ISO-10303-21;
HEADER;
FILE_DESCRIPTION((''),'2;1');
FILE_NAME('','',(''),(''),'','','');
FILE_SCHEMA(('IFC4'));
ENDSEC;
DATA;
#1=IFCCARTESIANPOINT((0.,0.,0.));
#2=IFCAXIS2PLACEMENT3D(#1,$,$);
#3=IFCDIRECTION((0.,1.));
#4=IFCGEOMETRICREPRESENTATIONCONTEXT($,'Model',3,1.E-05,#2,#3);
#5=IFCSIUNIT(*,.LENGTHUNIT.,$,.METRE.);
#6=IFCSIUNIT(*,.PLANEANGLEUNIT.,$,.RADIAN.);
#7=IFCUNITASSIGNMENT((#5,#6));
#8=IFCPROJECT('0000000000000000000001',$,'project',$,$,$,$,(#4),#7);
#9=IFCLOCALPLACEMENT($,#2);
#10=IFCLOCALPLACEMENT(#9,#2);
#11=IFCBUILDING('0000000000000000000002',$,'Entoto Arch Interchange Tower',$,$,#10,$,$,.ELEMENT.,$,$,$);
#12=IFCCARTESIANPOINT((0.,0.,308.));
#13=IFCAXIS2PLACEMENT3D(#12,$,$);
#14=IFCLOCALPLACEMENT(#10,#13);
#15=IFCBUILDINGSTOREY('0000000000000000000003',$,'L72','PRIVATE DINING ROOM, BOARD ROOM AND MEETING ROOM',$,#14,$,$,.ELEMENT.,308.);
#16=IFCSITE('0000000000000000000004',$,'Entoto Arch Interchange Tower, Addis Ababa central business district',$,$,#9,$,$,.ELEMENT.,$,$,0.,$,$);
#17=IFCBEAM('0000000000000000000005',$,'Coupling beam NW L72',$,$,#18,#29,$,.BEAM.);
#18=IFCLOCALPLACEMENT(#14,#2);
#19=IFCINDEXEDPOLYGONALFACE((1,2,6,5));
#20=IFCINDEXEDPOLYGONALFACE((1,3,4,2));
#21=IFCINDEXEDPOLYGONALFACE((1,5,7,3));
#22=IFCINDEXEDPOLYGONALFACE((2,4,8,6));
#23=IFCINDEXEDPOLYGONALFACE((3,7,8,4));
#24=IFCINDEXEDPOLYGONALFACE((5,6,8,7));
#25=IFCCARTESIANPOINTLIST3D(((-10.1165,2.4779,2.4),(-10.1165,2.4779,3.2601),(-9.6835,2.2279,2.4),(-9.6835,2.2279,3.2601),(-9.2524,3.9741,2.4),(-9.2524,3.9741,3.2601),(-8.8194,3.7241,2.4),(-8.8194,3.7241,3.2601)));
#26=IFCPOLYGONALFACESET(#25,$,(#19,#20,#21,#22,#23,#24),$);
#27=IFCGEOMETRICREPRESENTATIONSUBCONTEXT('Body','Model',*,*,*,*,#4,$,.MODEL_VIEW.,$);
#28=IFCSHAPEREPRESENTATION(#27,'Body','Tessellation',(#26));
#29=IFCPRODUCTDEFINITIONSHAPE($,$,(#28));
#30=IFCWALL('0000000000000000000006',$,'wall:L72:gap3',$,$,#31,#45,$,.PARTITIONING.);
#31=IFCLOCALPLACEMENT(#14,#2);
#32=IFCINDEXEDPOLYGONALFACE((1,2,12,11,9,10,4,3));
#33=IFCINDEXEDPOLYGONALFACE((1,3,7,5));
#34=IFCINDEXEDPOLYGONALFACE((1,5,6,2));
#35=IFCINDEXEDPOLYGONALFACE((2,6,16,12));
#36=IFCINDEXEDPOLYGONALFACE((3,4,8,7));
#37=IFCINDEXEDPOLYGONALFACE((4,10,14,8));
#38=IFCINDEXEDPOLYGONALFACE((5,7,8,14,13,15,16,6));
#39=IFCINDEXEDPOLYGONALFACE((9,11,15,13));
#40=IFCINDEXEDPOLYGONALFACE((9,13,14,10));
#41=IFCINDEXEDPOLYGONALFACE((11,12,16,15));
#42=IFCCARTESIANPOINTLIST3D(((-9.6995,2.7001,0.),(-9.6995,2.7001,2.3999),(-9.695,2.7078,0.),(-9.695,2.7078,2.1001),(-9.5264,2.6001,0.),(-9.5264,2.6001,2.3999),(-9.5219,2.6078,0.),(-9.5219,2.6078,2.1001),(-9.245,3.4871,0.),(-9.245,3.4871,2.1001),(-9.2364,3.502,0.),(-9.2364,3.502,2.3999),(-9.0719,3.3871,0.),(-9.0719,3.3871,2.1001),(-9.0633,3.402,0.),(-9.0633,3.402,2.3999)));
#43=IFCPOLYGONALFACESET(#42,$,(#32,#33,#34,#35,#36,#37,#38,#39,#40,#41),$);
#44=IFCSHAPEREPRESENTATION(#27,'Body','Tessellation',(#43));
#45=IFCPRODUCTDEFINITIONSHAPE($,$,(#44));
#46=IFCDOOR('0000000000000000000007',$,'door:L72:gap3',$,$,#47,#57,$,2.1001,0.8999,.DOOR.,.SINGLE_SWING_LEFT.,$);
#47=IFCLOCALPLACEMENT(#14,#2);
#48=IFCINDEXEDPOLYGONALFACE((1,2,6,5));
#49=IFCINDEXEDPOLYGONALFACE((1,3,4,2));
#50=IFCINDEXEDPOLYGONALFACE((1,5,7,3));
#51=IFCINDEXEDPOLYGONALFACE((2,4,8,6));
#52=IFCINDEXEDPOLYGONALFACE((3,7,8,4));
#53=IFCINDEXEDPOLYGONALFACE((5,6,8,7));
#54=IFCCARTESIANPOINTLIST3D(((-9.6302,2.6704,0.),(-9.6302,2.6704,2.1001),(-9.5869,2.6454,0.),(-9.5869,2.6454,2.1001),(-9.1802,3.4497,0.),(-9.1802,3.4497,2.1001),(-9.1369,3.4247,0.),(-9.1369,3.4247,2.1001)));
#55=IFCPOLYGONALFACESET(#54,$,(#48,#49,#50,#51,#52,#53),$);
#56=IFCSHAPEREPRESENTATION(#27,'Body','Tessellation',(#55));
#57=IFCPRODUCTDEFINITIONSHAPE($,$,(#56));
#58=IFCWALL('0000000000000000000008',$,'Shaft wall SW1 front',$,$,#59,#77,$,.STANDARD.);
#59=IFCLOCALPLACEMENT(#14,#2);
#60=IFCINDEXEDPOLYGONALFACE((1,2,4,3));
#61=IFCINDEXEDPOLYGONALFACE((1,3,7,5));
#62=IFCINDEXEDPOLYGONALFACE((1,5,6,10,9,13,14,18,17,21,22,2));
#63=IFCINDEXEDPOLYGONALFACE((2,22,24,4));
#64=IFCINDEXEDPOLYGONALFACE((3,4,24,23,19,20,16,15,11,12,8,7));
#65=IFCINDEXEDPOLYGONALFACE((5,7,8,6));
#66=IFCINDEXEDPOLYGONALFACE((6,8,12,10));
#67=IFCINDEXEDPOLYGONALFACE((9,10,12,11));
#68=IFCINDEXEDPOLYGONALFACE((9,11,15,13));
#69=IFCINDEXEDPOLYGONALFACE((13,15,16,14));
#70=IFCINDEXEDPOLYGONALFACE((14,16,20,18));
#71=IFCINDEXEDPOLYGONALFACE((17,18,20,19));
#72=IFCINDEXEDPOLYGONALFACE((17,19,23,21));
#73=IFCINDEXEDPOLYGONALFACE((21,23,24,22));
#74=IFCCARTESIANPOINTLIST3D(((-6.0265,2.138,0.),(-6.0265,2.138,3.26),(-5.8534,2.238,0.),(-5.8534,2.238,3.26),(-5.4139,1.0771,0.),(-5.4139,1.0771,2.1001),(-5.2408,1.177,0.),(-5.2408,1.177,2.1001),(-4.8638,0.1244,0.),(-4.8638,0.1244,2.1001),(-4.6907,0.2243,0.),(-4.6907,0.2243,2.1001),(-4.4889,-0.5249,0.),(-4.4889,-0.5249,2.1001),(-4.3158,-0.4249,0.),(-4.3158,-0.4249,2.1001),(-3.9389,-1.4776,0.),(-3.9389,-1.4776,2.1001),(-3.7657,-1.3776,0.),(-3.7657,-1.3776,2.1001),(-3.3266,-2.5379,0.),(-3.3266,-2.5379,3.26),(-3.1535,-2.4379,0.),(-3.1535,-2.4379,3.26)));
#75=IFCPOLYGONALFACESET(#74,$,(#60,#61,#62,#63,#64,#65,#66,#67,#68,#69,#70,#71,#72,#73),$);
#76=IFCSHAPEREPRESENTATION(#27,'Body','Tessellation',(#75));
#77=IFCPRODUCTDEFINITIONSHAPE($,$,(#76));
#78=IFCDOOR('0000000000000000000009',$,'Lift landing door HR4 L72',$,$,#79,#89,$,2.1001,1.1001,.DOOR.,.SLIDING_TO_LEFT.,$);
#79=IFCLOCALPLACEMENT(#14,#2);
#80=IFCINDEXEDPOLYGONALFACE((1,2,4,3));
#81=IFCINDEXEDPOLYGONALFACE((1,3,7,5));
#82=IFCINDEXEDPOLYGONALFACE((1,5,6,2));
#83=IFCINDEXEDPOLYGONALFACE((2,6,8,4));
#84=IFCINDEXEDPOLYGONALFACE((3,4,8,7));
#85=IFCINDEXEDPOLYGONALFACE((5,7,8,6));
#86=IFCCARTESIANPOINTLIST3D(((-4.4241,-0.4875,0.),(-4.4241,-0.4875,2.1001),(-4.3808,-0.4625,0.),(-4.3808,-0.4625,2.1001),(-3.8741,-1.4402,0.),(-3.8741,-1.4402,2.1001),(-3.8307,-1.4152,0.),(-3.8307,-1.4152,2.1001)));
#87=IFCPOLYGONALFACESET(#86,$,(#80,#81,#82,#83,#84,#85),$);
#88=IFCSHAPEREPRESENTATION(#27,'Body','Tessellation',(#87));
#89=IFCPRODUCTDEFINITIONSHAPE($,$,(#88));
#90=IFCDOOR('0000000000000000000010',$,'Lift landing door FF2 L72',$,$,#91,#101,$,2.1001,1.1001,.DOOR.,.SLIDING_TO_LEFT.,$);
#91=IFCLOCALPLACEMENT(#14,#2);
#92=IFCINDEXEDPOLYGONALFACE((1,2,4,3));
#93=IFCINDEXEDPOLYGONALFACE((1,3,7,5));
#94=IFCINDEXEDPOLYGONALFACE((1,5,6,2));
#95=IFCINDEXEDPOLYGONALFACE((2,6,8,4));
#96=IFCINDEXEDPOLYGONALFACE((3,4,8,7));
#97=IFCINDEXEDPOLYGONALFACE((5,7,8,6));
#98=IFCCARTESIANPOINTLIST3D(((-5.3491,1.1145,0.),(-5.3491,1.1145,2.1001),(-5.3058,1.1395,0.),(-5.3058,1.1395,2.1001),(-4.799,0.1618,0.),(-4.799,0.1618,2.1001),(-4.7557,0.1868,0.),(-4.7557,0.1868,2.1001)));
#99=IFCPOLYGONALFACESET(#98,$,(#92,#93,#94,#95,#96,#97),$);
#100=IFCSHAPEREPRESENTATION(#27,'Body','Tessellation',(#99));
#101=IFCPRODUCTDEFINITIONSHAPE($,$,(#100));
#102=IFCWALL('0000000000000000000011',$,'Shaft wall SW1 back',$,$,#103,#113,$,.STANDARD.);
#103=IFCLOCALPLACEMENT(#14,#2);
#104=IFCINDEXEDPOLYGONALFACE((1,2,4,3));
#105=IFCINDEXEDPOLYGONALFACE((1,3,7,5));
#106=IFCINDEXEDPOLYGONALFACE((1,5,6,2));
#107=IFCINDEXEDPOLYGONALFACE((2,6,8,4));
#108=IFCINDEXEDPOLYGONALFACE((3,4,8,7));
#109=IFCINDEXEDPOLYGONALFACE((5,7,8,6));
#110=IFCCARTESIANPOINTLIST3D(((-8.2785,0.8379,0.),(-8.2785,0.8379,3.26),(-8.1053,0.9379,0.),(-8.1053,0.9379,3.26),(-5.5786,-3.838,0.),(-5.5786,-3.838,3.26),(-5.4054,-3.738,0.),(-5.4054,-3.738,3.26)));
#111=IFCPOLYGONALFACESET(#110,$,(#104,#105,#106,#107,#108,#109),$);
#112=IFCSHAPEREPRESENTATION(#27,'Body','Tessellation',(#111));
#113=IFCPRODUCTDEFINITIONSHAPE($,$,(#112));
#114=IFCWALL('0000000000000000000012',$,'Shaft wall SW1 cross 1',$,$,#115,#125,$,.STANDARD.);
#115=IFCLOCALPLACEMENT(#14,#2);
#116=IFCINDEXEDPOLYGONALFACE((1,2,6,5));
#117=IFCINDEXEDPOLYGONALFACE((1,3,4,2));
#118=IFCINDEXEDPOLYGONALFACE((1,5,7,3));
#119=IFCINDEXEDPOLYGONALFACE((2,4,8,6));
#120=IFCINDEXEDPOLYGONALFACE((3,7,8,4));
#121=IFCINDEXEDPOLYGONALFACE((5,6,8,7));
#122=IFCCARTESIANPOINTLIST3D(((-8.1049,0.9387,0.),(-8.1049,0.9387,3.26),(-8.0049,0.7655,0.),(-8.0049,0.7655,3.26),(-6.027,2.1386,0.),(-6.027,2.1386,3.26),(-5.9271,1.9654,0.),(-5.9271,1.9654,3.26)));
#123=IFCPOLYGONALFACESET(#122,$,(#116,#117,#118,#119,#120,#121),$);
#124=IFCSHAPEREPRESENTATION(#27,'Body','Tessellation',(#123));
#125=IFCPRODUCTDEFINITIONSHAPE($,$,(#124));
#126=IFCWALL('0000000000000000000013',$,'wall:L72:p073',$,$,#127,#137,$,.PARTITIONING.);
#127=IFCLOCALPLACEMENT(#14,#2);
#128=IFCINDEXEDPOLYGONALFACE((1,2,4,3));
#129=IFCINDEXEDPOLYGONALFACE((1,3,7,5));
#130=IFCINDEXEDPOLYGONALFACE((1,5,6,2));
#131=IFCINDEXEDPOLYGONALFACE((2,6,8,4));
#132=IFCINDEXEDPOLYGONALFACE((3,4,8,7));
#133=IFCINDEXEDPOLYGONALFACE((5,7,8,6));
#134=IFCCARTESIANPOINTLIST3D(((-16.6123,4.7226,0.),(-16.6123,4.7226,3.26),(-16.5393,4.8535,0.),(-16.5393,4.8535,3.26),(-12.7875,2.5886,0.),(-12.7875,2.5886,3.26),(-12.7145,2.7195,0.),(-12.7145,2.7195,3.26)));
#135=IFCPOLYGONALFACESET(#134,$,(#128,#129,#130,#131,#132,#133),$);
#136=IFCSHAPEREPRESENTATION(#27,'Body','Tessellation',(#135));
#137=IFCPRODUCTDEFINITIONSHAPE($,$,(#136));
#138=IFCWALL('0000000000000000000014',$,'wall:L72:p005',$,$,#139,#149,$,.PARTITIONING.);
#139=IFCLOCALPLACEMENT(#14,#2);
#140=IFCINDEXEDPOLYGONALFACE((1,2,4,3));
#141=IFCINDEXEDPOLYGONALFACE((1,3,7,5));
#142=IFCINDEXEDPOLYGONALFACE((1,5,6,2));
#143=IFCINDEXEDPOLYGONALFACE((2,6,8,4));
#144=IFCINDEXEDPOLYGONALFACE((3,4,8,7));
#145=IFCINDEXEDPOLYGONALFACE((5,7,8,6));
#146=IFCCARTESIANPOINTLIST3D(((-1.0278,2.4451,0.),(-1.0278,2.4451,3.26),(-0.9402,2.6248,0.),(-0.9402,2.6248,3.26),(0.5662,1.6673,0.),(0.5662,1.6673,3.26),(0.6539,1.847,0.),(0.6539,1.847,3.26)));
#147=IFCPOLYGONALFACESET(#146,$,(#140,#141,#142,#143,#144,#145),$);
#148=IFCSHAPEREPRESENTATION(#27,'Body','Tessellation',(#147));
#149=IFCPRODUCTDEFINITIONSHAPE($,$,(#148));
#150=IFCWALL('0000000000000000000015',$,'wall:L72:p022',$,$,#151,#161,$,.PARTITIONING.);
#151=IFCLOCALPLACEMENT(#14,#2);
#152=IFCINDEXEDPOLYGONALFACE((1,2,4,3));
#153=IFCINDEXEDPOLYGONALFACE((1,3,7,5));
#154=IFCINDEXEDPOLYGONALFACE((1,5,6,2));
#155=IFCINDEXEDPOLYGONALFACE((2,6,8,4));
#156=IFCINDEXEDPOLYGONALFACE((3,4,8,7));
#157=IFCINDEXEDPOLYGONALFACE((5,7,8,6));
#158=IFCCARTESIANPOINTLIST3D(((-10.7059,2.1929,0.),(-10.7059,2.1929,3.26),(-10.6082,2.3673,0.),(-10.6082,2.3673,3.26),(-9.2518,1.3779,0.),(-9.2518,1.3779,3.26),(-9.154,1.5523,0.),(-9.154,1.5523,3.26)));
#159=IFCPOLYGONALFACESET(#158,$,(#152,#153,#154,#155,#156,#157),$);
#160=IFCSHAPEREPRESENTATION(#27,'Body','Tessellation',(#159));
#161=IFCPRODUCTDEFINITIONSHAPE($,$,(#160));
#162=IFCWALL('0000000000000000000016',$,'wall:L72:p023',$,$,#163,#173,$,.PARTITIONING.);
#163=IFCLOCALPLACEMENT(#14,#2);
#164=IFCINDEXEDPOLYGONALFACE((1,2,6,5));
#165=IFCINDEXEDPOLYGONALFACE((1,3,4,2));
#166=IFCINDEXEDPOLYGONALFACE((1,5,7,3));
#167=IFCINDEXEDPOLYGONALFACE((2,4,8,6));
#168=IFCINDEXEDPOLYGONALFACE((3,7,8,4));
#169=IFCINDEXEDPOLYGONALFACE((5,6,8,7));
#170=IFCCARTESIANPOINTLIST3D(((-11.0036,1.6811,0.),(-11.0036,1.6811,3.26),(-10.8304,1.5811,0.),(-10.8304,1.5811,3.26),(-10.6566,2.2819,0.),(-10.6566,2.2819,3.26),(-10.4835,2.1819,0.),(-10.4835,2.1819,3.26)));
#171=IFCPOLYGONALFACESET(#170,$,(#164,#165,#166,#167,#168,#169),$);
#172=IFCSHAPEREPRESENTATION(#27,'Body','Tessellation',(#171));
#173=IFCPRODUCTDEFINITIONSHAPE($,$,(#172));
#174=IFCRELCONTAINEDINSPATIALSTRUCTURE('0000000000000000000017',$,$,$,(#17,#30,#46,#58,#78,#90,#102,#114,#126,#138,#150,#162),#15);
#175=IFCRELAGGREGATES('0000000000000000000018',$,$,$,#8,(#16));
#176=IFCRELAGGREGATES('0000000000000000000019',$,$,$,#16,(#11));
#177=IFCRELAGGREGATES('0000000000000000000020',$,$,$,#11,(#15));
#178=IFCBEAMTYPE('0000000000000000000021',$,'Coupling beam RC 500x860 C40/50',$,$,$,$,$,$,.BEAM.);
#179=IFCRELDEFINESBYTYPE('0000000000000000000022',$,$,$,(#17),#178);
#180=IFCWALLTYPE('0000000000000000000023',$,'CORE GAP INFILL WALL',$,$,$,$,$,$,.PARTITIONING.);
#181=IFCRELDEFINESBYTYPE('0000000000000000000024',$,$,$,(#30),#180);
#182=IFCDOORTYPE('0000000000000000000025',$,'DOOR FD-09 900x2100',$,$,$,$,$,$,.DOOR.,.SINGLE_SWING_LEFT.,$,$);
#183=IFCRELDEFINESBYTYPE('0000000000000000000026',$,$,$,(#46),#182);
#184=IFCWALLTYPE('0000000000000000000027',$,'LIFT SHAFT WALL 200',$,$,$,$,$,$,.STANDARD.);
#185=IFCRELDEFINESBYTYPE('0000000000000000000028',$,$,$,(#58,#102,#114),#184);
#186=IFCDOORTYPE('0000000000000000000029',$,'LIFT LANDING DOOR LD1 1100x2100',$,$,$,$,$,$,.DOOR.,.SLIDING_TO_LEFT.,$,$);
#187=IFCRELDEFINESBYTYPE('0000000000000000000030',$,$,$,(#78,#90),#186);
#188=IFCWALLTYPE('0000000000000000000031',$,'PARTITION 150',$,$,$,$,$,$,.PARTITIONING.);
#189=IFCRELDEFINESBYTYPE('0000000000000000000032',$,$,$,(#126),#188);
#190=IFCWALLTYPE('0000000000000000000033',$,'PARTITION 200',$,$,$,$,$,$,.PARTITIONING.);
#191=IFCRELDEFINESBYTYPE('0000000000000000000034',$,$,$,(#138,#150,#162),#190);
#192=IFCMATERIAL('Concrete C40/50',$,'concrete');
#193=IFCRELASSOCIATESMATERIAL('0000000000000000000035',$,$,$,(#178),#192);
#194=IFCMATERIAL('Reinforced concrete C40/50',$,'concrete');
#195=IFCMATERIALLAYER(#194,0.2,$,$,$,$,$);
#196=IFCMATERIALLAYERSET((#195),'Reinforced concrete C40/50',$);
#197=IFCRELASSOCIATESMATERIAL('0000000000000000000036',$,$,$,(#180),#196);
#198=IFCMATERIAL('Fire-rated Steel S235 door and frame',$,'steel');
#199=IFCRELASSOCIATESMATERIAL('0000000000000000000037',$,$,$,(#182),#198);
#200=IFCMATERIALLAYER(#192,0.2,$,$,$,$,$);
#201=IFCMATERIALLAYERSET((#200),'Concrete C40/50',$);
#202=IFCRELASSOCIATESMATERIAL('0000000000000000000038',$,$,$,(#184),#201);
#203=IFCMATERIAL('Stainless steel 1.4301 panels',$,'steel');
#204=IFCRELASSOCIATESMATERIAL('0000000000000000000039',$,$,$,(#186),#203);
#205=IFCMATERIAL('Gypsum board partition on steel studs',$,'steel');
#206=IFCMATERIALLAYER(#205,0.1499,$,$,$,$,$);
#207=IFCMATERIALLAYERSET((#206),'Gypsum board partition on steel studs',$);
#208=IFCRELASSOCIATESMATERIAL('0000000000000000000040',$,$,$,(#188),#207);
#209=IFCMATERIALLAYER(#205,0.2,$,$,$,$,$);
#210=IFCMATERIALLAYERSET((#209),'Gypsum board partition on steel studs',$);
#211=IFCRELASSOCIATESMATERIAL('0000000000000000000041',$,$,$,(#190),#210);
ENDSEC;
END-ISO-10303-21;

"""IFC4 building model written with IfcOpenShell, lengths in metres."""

from ifc_helpers import new_model, si_unit, direction, frame, frame_2d, origin, origin_2d, place, context, subcontext, project, spatial, rectangle, extrude, material, layer, layer_set, material_profile, profile_set, type_object, element, fill, save


model = new_model("IFC4")

# Units and contexts
model_context = context("Model", 3, precision=1e-05, world=origin(), true_north=direction((0.0, 1.0)))
body_context = subcontext(model_context, "Body", "Model", "MODEL_VIEW")
ifc_project = project(units=[si_unit("LENGTHUNIT", "METRE"), si_unit("PLANEANGLEUNIT", "RADIAN")], contexts=[model_context])

# Site, building, storey
site_placement = place(None, origin())
site = spatial("IfcSite", under=ifc_project, at=site_placement, Name="Entoto Arch Interchange Tower, Addis Ababa central business district", CompositionType="ELEMENT", RefElevation=0.0)
building_placement = place(site_placement, origin())
building = spatial("IfcBuilding", under=site, at=building_placement, Name="Entoto Arch Interchange Tower", CompositionType="ELEMENT")
storey_placement = place(building_placement, frame((0.0, 0.0, 308.0)))
storey = spatial("IfcBuildingStorey", under=building, at=storey_placement, Name="L72", Description="PRIVATE DINING ROOM, BOARD ROOM AND MEETING ROOM", CompositionType="ELEMENT", Elevation=308.0)

# Beam
ifc_material_1 = material(Name="Concrete C40/50", Category="concrete")
ifc_material_profile = material_profile(ifc_material_1, rectangle(XDim=0.5, YDim=0.8601, at=origin_2d()))
ifc_profile_set = profile_set([ifc_material_profile], Name="Concrete C40/50")
beam_type = type_object("IfcBeamType", Name="Coupling beam RC 500x860 C40/50", PredefinedType="BEAM", material=ifc_profile_set)
beam_placement = place(storey_placement, frame((-9.0359, 3.8491, 2.8301), z_axis=(-0.500106, -0.865964, 0.0), x_axis=(0.865964, -0.500106, 0.0)))
element("IfcBeam", 1, at=beam_placement, inside=storey, type_object=beam_type, Name="Coupling beam NW L72", PredefinedType="BEAM", context=body_context, shape_type="SweptSolid", body=[
    extrude(rectangle(XDim=0.5, YDim=0.8601, at=origin_2d()), origin(), (0.0, 0.0, 1.0), 1.7278),
])

# Wall, opening, door
ifc_material_2 = material(Name="Reinforced concrete C40/50", Category="concrete")
ifc_layer_1 = layer(ifc_material_2, 0.2)
ifc_layer_set_1 = layer_set([ifc_layer_1], Name="Reinforced concrete C40/50")
wall_type_1 = type_object("IfcWallType", Name="CORE GAP INFILL WALL", PredefinedType="PARTITIONING", material=ifc_layer_set_1)
wall_1_placement = place(storey_placement, frame((-9.1499, 3.4519, 0.0), z_axis=(0.0, 0.0, 1.0), x_axis=(-0.50008, -0.865979, 0.0)))
wall_1 = element("IfcWall", 2, at=wall_1_placement, inside=storey, type_object=wall_type_1, Name="wall:L72:gap3", PredefinedType="PARTITIONING", context=body_context, shape_type="SweptSolid", body=[
    extrude(rectangle(XDim=0.926, YDim=0.2, at=frame_2d((0.4629, 0.0))), origin(), (0.0, 0.0, 1.0), 2.3999),
])
opening_1_placement = place(wall_1_placement, frame((0.0171, 0.0, 0.0)))
opening_1 = element("IfcOpeningElement", 3, at=opening_1_placement, cuts=wall_1, PredefinedType="OPENING", context=body_context, shape_type="SweptSolid", body=[
    extrude(rectangle(XDim=0.8999, YDim=2.1001, at=frame_2d((0.45, 1.05))), frame((0.0, 0.1099, 0.0), z_axis=(0.0, -1.0, 0.0), x_axis=(1.0, 0.0, 0.0)), (0.0, 0.0, 1.0), 0.22),
])
ifc_material_3 = material(Name="Fire-rated Steel S235 door and frame", Category="steel")
door_type_1 = type_object("IfcDoorType", Name="DOOR FD-09 900x2100", OperationType="SINGLE_SWING_LEFT", PredefinedType="DOOR", material=ifc_material_3)
door_1_placement = place(opening_1_placement, origin())
door_1 = element("IfcDoor", 4, at=door_1_placement, inside=storey, type_object=door_type_1, Name="door:L72:gap3", OperationType="SINGLE_SWING_LEFT", OverallHeight=2.1001, OverallWidth=0.8999, PredefinedType="DOOR", context=body_context, shape_type="SweptSolid", body=[
    extrude(rectangle(XDim=0.8999, YDim=2.1001, at=frame_2d((0.45, 1.05))), frame((0.0, 0.0249, 0.0), z_axis=(0.0, -1.0, 0.0), x_axis=(1.0, 0.0, 0.0)), (0.0, 0.0, 1.0), 0.05),
])
fill(opening_1, door_1)

# Wall, openings, doors
ifc_layer_2 = layer(ifc_material_1, 0.2)
ifc_layer_set_2 = layer_set([ifc_layer_2], Name="Concrete C40/50")
wall_type_2 = type_object("IfcWallType", Name="LIFT SHAFT WALL 200", PredefinedType="STANDARD", material=ifc_layer_set_2)
wall_2_placement = place(storey_placement, frame((-5.9399, 2.188, 0.0), z_axis=(0.0, 0.0, 1.0), x_axis=(0.500034, -0.866006, 0.0)))
wall_2 = element("IfcWall", 5, at=wall_2_placement, inside=storey, type_object=wall_type_2, Name="Shaft wall SW1 front", PredefinedType="STANDARD", context=body_context, shape_type="SweptSolid", body=[
    extrude(rectangle(XDim=5.3994, YDim=0.2, at=frame_2d((2.6997, 0.0))), origin(), (0.0, 0.0, 1.0), 3.26),
])
opening_2_placement = place(wall_2_placement, frame((3.075, 0.0, 0.0)))
opening_2 = element("IfcOpeningElement", 6, at=opening_2_placement, cuts=wall_2, PredefinedType="OPENING", context=body_context, shape_type="SweptSolid", body=[
    extrude(rectangle(XDim=1.1001, YDim=2.1001, at=frame_2d((0.55, 1.05))), frame((0.0, 0.1099, 0.0), z_axis=(0.0, -1.0, 0.0), x_axis=(1.0, 0.0, 0.0)), (0.0, 0.0, 1.0), 0.22),
])
opening_3_placement = place(wall_2_placement, frame((1.2251, 0.0, 0.0)))
opening_3 = element("IfcOpeningElement", 7, at=opening_3_placement, cuts=wall_2, PredefinedType="OPENING", context=body_context, shape_type="SweptSolid", body=[
    extrude(rectangle(XDim=1.1001, YDim=2.1001, at=frame_2d((0.55, 1.05))), frame((0.0, 0.1099, 0.0), z_axis=(0.0, -1.0, 0.0), x_axis=(1.0, 0.0, 0.0)), (0.0, 0.0, 1.0), 0.22),
])
ifc_material_4 = material(Name="Stainless steel 1.4301 panels", Category="steel")
door_type_2 = type_object("IfcDoorType", Name="LIFT LANDING DOOR LD1 1100x2100", OperationType="SLIDING_TO_LEFT", PredefinedType="DOOR", material=ifc_material_4)
door_2_placement = place(opening_2_placement, origin())
door_2 = element("IfcDoor", 8, at=door_2_placement, inside=storey, type_object=door_type_2, Name="Lift landing door HR4 L72", OperationType="SLIDING_TO_LEFT", OverallHeight=2.1001, OverallWidth=1.1001, PredefinedType="DOOR", context=body_context, shape_type="SweptSolid", body=[
    extrude(rectangle(XDim=1.1001, YDim=2.1001, at=frame_2d((0.55, 1.05))), frame((0.0, 0.0249, 0.0), z_axis=(0.0, -1.0, 0.0), x_axis=(1.0, 0.0, 0.0)), (0.0, 0.0, 1.0), 0.05),
])
fill(opening_2, door_2)
door_3_placement = place(opening_3_placement, origin())
door_3 = element("IfcDoor", 9, at=door_3_placement, inside=storey, type_object=door_type_2, Name="Lift landing door FF2 L72", OperationType="SLIDING_TO_LEFT", OverallHeight=2.1001, OverallWidth=1.1001, PredefinedType="DOOR", context=body_context, shape_type="SweptSolid", body=[
    extrude(rectangle(XDim=1.1001, YDim=2.1001, at=frame_2d((0.55, 1.05))), frame((0.0, 0.0249, 0.0), z_axis=(0.0, -1.0, 0.0), x_axis=(1.0, 0.0, 0.0)), (0.0, 0.0, 1.0), 0.05),
])
fill(opening_3, door_3)

# Walls
wall_3_placement = place(storey_placement, frame((-8.1919, 0.8879, 0.0), z_axis=(0.0, 0.0, 1.0), x_axis=(0.500034, -0.866006, 0.0)))
element("IfcWall", 10, at=wall_3_placement, inside=storey, type_object=wall_type_2, Name="Shaft wall SW1 back", PredefinedType="STANDARD", context=body_context, shape_type="SweptSolid", body=[
    extrude(rectangle(XDim=5.3994, YDim=0.2, at=frame_2d((2.6997, 0.0))), origin(), (0.0, 0.0, 1.0), 3.26),
])
wall_4_placement = place(storey_placement, frame((-5.9771, 2.052, 0.0), z_axis=(0.0, 0.0, 1.0), x_axis=(-0.865974, -0.500089, 0.0)))
element("IfcWall", 11, at=wall_4_placement, inside=storey, type_object=wall_type_2, Name="Shaft wall SW1 cross 1", PredefinedType="STANDARD", context=body_context, shape_type="SweptSolid", body=[
    extrude(rectangle(XDim=2.3994, YDim=0.2, at=frame_2d((1.1997, 0.0))), origin(), (0.0, 0.0, 1.0), 3.26),
])
ifc_material_5 = material(Name="Gypsum board partition on steel studs", Category="steel")
ifc_layer_3 = layer(ifc_material_5, 0.1499)
ifc_layer_set_3 = layer_set([ifc_layer_3], Name="Gypsum board partition on steel studs")
wall_type_3 = type_object("IfcWallType", Name="PARTITION 150", PredefinedType="PARTITIONING", material=ifc_layer_set_3)
wall_5_placement = place(storey_placement, frame((-12.751, 2.6541, 0.0), z_axis=(0.0, 0.0, 1.0), x_axis=(-0.873278, 0.487223, 0.0)))
element("IfcWall", 12, at=wall_5_placement, inside=storey, type_object=wall_type_3, Name="wall:L72:p073", PredefinedType="PARTITIONING", context=body_context, shape_type="SweptSolid", body=[
    extrude(rectangle(XDim=4.3799, YDim=0.1499, at=frame_2d((2.1899, 0.0))), origin(), (0.0, 0.0, 1.0), 3.26),
])
ifc_layer_4 = layer(ifc_material_5, 0.2)
ifc_layer_set_4 = layer_set([ifc_layer_4], Name="Gypsum board partition on steel studs")
wall_type_4 = type_object("IfcWallType", Name="PARTITION 200", PredefinedType="PARTITIONING", material=ifc_layer_set_4)
wall_6_placement = place(storey_placement, frame((-0.9839, 2.5349, 0.0), z_axis=(0.0, 0.0, 1.0), x_axis=(0.898708, -0.438548, 0.0)))
element("IfcWall", 13, at=wall_6_placement, inside=storey, type_object=wall_type_4, Name="wall:L72:p005", PredefinedType="PARTITIONING", context=body_context, shape_type="SweptSolid", body=[
    extrude(rectangle(XDim=1.7737, YDim=0.2, at=frame_2d((0.8867, 0.0))), origin(), (0.0, 0.0, 1.0), 3.26),
])
wall_7_placement = place(storey_placement, frame((-9.2029, 1.4651, 0.0), z_axis=(0.0, 0.0, 1.0), x_axis=(-0.872341, 0.488898, 0.0)))
element("IfcWall", 14, at=wall_7_placement, inside=storey, type_object=wall_type_4, Name="wall:L72:p022", PredefinedType="PARTITIONING", context=body_context, shape_type="SweptSolid", body=[
    extrude(rectangle(XDim=1.667, YDim=0.2, at=frame_2d((0.8335, 0.0))), origin(), (0.0, 0.0, 1.0), 3.26),
])
wall_8_placement = place(storey_placement, frame((-10.5701, 2.2319, 0.0), z_axis=(0.0, 0.0, 1.0), x_axis=(-0.500037, -0.866004, 0.0)))
element("IfcWall", 15, at=wall_8_placement, inside=storey, type_object=wall_type_4, Name="wall:L72:p023", PredefinedType="PARTITIONING", context=body_context, shape_type="SweptSolid", body=[
    extrude(rectangle(XDim=0.6938, YDim=0.2, at=frame_2d((0.3469, 0.0))), origin(), (0.0, 0.0, 1.0), 3.26),
])

save(model, "model.ifc")
